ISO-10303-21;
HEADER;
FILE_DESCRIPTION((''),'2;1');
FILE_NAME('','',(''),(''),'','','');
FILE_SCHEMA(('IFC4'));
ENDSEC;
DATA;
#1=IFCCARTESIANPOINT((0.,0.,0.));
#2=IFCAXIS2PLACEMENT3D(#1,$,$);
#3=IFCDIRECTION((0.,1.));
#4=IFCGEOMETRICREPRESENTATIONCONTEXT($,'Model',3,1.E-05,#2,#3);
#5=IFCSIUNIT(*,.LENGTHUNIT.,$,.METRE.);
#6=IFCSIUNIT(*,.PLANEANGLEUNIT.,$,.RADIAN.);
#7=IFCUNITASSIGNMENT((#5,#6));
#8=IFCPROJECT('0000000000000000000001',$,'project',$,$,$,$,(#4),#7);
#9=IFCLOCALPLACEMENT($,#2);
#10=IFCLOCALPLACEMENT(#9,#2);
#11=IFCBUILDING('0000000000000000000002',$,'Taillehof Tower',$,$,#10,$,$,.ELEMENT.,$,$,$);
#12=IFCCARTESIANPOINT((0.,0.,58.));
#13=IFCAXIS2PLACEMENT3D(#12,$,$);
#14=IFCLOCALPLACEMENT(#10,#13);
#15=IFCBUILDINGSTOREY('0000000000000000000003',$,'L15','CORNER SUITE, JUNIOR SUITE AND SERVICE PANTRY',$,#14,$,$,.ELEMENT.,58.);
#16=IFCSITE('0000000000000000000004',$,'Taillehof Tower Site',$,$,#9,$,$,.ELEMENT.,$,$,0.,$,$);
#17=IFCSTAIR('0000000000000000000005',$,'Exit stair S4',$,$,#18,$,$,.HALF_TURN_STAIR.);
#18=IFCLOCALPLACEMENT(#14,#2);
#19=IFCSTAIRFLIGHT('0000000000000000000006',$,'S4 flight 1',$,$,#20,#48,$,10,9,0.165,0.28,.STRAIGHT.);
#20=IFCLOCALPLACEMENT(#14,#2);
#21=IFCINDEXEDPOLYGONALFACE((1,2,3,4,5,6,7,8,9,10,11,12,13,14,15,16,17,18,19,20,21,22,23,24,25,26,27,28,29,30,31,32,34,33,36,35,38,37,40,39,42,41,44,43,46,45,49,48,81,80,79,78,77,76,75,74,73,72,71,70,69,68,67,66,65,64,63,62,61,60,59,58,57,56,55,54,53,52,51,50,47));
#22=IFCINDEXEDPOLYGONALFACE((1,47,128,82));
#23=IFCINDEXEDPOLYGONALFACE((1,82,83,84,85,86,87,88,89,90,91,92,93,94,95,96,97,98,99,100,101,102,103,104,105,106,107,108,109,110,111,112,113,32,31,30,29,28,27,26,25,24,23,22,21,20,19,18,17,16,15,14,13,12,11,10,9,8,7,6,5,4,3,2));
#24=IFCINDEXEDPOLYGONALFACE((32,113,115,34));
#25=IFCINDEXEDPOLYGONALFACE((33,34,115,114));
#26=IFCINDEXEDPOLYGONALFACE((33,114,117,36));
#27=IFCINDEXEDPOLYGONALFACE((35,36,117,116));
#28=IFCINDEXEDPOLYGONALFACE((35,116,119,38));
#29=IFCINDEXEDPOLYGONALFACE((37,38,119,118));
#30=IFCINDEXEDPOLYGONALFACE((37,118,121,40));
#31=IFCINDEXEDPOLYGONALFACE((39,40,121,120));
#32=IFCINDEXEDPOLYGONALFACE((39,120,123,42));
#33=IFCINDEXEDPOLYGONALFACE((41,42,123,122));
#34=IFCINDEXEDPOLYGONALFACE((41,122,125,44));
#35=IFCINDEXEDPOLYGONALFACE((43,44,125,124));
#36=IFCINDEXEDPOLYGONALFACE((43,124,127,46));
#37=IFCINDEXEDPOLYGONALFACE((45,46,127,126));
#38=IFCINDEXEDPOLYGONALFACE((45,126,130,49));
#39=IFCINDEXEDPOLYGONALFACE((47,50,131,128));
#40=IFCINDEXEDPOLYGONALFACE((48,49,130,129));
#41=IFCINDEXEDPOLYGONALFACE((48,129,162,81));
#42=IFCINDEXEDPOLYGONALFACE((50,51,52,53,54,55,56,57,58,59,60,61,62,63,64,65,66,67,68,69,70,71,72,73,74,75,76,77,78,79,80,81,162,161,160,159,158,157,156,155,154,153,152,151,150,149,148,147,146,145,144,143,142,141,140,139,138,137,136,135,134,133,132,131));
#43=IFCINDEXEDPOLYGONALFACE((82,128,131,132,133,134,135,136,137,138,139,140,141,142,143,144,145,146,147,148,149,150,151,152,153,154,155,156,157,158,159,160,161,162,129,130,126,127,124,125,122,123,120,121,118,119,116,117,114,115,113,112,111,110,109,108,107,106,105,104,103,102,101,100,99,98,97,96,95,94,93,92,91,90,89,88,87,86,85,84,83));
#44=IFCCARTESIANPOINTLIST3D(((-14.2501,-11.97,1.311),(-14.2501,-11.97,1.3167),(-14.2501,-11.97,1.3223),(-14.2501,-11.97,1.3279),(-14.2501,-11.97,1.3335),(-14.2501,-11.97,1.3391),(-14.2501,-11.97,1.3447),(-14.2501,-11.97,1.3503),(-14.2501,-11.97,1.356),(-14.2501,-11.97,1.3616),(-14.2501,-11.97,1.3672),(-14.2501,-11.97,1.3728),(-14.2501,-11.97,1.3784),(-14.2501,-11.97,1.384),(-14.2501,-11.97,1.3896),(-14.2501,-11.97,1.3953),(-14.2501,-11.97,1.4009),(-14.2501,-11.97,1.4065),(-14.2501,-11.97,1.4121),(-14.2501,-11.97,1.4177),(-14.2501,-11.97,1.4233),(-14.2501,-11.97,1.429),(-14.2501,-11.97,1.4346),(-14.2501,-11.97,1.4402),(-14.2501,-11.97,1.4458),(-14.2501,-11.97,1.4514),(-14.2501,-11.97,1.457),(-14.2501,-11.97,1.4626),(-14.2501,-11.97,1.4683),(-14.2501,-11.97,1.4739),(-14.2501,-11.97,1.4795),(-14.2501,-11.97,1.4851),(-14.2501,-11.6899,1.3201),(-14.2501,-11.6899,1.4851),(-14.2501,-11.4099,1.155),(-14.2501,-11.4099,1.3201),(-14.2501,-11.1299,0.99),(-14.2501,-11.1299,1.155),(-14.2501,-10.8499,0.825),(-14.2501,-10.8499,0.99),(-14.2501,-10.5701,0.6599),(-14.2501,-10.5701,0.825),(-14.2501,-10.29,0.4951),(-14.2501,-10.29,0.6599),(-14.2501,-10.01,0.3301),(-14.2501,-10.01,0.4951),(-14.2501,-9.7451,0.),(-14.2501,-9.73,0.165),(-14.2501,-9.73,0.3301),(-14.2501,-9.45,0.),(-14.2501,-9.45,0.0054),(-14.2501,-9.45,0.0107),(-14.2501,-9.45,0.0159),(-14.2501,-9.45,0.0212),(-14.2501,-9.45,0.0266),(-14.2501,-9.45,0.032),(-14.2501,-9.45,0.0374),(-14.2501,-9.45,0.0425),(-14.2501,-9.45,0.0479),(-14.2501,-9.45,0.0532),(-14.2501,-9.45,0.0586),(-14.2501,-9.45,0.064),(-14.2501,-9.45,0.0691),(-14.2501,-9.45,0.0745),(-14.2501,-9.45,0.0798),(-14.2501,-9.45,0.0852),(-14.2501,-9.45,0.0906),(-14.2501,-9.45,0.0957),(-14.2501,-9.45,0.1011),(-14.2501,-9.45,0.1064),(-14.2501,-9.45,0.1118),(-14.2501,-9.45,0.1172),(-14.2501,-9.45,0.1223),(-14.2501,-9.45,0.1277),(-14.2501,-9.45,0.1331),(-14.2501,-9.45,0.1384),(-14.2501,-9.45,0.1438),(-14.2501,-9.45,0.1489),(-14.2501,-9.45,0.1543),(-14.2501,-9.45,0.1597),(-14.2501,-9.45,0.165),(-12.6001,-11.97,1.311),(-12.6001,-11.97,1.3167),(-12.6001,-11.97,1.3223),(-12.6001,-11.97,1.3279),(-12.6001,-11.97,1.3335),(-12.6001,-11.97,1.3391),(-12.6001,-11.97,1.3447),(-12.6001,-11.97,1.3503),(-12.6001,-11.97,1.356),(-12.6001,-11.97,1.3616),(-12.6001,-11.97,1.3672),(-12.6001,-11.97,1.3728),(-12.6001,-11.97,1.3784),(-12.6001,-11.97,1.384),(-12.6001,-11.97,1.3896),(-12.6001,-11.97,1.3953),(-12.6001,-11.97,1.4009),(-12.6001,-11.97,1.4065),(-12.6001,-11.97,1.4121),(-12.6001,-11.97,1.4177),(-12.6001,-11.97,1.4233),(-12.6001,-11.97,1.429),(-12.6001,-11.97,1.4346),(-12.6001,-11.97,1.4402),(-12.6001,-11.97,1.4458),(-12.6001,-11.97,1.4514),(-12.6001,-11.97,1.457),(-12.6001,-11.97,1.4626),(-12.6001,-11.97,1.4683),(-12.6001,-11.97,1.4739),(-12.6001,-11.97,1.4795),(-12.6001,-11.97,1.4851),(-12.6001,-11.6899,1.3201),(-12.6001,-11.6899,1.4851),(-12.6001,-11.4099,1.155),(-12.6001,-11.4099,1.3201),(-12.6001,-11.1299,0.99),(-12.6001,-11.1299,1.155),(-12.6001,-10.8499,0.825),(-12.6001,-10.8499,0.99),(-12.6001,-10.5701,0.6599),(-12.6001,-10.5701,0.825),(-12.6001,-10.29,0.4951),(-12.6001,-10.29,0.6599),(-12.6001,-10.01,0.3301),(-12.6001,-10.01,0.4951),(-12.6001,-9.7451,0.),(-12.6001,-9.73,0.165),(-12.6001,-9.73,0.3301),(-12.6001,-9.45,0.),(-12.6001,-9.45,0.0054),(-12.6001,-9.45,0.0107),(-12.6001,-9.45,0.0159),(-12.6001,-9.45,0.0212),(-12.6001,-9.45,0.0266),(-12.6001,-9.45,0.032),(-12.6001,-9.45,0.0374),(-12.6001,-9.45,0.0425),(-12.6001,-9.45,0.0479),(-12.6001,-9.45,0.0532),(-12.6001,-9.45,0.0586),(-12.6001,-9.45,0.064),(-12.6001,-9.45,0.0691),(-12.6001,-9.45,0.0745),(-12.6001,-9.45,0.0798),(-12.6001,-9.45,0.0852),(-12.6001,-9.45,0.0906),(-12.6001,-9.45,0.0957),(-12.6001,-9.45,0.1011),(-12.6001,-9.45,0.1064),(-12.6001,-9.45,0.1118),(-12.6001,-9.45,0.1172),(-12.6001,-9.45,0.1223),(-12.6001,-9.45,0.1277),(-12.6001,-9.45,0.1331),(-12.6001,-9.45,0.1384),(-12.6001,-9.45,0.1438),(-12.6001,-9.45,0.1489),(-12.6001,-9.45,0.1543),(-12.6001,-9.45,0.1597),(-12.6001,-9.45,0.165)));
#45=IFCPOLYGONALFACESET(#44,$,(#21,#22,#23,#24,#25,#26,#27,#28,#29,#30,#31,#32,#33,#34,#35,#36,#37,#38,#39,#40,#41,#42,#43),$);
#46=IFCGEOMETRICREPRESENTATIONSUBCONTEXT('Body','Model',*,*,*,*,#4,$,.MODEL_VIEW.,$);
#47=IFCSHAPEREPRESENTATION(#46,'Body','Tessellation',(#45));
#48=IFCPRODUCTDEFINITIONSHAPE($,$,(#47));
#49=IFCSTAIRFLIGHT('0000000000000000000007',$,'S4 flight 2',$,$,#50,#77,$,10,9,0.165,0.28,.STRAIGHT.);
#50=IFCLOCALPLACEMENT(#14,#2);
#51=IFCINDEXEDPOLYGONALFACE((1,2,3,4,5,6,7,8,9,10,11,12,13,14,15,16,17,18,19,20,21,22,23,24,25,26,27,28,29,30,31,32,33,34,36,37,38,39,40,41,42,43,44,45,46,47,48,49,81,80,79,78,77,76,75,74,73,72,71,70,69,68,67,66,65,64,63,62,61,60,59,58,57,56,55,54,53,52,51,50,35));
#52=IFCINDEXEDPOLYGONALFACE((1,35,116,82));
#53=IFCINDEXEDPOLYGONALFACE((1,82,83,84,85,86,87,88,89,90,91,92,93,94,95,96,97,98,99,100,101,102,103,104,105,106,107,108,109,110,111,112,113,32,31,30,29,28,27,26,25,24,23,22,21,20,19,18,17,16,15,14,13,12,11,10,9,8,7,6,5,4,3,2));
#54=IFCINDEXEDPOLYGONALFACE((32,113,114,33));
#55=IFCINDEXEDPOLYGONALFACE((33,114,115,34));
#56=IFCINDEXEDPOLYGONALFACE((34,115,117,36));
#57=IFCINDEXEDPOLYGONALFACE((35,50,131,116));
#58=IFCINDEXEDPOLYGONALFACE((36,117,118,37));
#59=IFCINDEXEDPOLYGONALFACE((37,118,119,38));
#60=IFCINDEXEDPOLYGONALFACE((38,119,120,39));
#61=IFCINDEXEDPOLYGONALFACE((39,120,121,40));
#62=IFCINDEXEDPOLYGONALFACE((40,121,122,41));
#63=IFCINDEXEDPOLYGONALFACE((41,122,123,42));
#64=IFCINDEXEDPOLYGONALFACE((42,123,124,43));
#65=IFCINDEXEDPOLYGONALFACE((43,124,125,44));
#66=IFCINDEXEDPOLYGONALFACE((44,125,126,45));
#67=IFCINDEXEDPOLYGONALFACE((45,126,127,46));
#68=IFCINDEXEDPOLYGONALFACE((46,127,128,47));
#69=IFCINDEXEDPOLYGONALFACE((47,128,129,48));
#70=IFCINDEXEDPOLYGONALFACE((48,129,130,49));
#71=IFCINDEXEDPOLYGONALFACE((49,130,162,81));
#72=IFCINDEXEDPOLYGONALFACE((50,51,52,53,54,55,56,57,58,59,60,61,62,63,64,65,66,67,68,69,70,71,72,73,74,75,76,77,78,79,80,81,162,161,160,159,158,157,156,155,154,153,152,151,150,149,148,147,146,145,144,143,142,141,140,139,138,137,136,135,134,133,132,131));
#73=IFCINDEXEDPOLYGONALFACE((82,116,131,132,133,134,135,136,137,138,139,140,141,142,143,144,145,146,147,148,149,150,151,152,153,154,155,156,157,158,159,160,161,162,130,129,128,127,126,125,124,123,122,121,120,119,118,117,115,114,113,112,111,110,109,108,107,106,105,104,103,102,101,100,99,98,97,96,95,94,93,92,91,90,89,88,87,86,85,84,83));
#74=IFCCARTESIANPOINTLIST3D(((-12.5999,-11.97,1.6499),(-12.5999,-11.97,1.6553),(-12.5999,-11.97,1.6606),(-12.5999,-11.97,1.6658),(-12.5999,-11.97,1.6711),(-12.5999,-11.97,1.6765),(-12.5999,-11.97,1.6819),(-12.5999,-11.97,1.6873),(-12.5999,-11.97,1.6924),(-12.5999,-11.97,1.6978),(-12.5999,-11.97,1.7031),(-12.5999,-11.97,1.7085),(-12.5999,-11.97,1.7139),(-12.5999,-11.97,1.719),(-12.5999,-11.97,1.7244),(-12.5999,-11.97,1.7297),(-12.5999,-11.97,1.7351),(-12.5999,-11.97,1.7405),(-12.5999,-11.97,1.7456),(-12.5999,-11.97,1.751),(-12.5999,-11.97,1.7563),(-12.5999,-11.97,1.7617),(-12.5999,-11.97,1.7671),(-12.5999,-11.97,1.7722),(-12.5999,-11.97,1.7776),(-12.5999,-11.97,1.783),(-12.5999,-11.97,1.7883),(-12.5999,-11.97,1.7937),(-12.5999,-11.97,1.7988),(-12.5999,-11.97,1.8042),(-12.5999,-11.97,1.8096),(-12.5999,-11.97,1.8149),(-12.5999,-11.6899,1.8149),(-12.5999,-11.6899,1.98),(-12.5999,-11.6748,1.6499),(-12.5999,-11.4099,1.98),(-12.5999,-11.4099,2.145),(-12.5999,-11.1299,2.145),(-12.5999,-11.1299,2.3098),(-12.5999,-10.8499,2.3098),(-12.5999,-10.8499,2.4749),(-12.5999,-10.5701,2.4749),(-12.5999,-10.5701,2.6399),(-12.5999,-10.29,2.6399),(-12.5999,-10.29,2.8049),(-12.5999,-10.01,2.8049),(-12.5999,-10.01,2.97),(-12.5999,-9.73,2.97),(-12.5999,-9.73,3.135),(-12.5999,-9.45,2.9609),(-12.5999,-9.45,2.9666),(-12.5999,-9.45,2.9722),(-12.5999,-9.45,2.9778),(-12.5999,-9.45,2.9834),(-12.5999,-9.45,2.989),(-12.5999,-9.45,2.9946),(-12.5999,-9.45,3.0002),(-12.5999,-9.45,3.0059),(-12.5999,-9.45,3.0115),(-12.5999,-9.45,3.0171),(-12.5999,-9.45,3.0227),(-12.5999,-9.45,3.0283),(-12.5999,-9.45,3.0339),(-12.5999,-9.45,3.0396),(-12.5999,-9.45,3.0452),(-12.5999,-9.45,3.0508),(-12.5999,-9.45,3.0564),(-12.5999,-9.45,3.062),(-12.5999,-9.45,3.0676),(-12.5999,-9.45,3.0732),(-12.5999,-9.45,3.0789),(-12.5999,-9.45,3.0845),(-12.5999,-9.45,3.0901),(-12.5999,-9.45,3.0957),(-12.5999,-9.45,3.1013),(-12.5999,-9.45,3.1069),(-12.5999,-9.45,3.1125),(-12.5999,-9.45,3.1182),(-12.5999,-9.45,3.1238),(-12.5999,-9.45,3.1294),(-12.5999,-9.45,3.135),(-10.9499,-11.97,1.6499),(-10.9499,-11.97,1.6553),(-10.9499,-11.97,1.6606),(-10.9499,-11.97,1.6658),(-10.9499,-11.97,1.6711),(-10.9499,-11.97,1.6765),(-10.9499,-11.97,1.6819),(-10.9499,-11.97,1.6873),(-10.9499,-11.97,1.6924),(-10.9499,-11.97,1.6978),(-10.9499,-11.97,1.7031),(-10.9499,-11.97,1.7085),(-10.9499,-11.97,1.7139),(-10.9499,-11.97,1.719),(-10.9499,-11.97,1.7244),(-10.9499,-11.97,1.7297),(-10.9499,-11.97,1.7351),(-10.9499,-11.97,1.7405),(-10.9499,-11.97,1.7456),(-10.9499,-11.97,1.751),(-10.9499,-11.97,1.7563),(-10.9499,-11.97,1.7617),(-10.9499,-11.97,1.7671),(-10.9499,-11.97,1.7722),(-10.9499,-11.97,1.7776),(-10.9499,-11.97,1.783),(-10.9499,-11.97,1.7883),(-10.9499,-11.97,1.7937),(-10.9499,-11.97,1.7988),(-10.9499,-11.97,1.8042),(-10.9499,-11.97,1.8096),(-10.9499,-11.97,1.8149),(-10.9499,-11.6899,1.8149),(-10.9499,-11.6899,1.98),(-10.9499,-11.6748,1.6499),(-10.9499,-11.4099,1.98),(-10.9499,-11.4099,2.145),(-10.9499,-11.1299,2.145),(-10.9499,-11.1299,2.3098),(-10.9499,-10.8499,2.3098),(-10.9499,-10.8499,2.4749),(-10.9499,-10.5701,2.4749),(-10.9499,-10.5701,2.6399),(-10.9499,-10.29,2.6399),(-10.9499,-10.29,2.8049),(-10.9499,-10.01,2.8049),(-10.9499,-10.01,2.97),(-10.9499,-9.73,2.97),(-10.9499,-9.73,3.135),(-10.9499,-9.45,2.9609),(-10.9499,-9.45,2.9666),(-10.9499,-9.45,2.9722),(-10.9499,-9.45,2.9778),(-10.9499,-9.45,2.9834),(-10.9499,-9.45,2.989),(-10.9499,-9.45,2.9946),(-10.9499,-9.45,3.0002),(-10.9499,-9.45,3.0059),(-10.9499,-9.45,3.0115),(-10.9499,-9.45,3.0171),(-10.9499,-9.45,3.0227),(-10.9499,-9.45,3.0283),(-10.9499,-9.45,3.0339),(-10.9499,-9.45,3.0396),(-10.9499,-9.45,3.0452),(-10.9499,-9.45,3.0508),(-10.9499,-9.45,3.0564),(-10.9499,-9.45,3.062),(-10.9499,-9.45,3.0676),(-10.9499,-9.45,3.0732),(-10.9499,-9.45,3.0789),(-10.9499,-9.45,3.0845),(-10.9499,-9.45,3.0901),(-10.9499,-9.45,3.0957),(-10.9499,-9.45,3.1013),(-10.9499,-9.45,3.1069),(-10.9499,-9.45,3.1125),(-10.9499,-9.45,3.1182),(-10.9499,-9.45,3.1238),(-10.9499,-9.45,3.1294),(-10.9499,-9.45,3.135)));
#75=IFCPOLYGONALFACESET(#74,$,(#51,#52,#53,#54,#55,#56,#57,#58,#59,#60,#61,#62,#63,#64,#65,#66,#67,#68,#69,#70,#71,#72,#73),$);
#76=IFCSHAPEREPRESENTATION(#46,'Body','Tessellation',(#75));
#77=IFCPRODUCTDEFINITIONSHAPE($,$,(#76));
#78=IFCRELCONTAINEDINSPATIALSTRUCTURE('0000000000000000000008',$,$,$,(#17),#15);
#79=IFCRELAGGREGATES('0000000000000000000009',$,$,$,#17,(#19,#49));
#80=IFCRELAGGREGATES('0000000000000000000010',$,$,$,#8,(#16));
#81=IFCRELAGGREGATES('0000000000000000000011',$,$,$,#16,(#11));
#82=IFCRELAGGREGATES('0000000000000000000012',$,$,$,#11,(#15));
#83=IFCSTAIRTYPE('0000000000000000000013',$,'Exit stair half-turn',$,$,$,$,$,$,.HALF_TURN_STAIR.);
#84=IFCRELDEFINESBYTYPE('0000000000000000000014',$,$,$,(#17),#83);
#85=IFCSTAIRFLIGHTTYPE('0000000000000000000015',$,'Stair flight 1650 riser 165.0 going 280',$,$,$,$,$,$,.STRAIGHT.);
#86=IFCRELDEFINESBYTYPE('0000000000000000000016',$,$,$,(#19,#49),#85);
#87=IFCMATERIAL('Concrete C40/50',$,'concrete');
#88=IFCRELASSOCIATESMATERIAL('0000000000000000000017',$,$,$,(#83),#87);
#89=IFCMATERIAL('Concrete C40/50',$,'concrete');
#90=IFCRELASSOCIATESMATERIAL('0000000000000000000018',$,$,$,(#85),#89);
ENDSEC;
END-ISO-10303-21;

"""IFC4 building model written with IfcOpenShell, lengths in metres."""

from ifc_helpers import new_model, si_unit, direction, frame, origin, place, context, subcontext, project, spatial, polyline, outline, extrude, material, type_object, element, aggregate, save


model = new_model("IFC4")

# Units and contexts
model_context = context("Model", 3, precision=1e-05, world=origin(), true_north=direction((0.0, 1.0)))
body_context = subcontext(model_context, "Body", "Model", "MODEL_VIEW")
ifc_project = project(units=[si_unit("LENGTHUNIT", "METRE"), si_unit("PLANEANGLEUNIT", "RADIAN")], contexts=[model_context])

# Site, building, storey
site_placement = place(None, origin())
site = spatial("IfcSite", under=ifc_project, at=site_placement, Name="Taillehof Tower Site", CompositionType="ELEMENT", RefElevation=0.0)
building_placement = place(site_placement, origin())
building = spatial("IfcBuilding", under=site, at=building_placement, Name="Taillehof Tower", CompositionType="ELEMENT")
storey_placement = place(building_placement, frame((0.0, 0.0, 58.0)))
storey = spatial("IfcBuildingStorey", under=building, at=storey_placement, Name="L15", Description="CORNER SUITE, JUNIOR SUITE AND SERVICE PANTRY", CompositionType="ELEMENT", Elevation=58.0)

# Stair, stair flights
ifc_material_1 = material(Name="Concrete C40/50", Category="concrete")
stair_type = type_object("IfcStairType", Name="Exit stair half-turn", PredefinedType="HALF_TURN_STAIR", material=ifc_material_1)
stair_placement = place(storey_placement, origin())
stair = element("IfcStair", 1, at=stair_placement, inside=storey, type_object=stair_type, Name="Exit stair S4", PredefinedType="HALF_TURN_STAIR")
ifc_material_2 = material(Name="Concrete C40/50", Category="concrete")
stair_flight_type = type_object("IfcStairFlightType", Name="Stair flight 1650 riser 165.0 going 280", PredefinedType="STRAIGHT", material=ifc_material_2)
stair_flight_1_placement = place(storey_placement, frame((-13.425, -9.45, 0.0), z_axis=(0.0, 0.0, 1.0), x_axis=(0.0, -1.0, 0.0)))
stair_flight_1 = element("IfcStairFlight", 2, at=stair_flight_1_placement, type_object=stair_flight_type, Name="S4 flight 1", NumberOfRisers=10, NumberOfTreads=9, PredefinedType="STRAIGHT", RiserHeight=0.165, TreadLength=0.28, context=body_context, shape_type="SweptSolid", body=[
    extrude(outline(polyline([(0.0, 0.0), (0.0, 0.0054), (0.0, 0.0107), (0.0, 0.0159), (0.0, 0.0212), (0.0, 0.0266), (0.0, 0.032), (0.0, 0.0374), (0.0, 0.0425), (0.0, 0.0479), (0.0, 0.0532), (0.0, 0.0586), (0.0, 0.064), (0.0, 0.0691), (0.0, 0.0745), (0.0, 0.0798), (0.0, 0.0852), (0.0, 0.0906), (0.0, 0.0957), (0.0, 0.1011), (0.0, 0.1064), (0.0, 0.1118), (0.0, 0.1172), (0.0, 0.1223), (0.0, 0.1277), (0.0, 0.1331), (0.0, 0.1384), (0.0, 0.1438), (0.0, 0.1489), (0.0, 0.1543), (0.0, 0.1597), (0.0, 0.165), (0.28, 0.165), (0.28, 0.3301), (0.5601, 0.3301), (0.5601, 0.4951), (0.8401, 0.4951), (0.8401, 0.6599), (1.1201, 0.6599), (1.1201, 0.825), (1.3999, 0.825), (1.3999, 0.99), (1.6799, 0.99), (1.6799, 1.155), (1.96, 1.155), (1.96, 1.3201), (2.24, 1.3201), (2.24, 1.4851), (2.52, 1.4851), (2.52, 1.4795), (2.52, 1.4739), (2.52, 1.4683), (2.52, 1.4626), (2.52, 1.457), (2.52, 1.4514), (2.52, 1.4458), (2.52, 1.4402), (2.52, 1.4346), (2.52, 1.429), (2.52, 1.4233), (2.52, 1.4177), (2.52, 1.4121), (2.52, 1.4065), (2.52, 1.4009), (2.52, 1.3953), (2.52, 1.3896), (2.52, 1.384), (2.52, 1.3784), (2.52, 1.3728), (2.52, 1.3672), (2.52, 1.3616), (2.52, 1.356), (2.52, 1.3503), (2.52, 1.3447), (2.52, 1.3391), (2.52, 1.3335), (2.52, 1.3279), (2.52, 1.3223), (2.52, 1.3167), (2.52, 1.311), (0.2952, 0.0), (0.0, 0.0)])), frame((0.0, 0.825, 0.0), z_axis=(0.0, -1.0, 0.0), x_axis=(1.0, 0.0, 0.0)), (0.0, 0.0, 1.0), 1.65),
])
stair_flight_2_placement = place(storey_placement, frame((-11.7749, -11.97, 1.6499), z_axis=(0.0, 0.0, 1.0), x_axis=(0.0, 1.0, 0.0)))
stair_flight_2 = element("IfcStairFlight", 3, at=stair_flight_2_placement, type_object=stair_flight_type, Name="S4 flight 2", NumberOfRisers=10, NumberOfTreads=9, PredefinedType="STRAIGHT", RiserHeight=0.165, TreadLength=0.28, context=body_context, shape_type="SweptSolid", body=[
    extrude(outline(polyline([(0.0, 0.0), (0.0, 0.0054), (0.0, 0.0107), (0.0, 0.0159), (0.0, 0.0212), (0.0, 0.0266), (0.0, 0.032), (0.0, 0.0374), (0.0, 0.0425), (0.0, 0.0479), (0.0, 0.0532), (0.0, 0.0586), (0.0, 0.064), (0.0, 0.0691), (0.0, 0.0745), (0.0, 0.0798), (0.0, 0.0852), (0.0, 0.0906), (0.0, 0.0957), (0.0, 0.1011), (0.0, 0.1064), (0.0, 0.1118), (0.0, 0.1172), (0.0, 0.1223), (0.0, 0.1277), (0.0, 0.1331), (0.0, 0.1384), (0.0, 0.1438), (0.0, 0.1489), (0.0, 0.1543), (0.0, 0.1597), (0.0, 0.165), (0.28, 0.165), (0.28, 0.3301), (0.5601, 0.3301), (0.5601, 0.4951), (0.8401, 0.4951), (0.8401, 0.6599), (1.1201, 0.6599), (1.1201, 0.825), (1.3999, 0.825), (1.3999, 0.99), (1.6799, 0.99), (1.6799, 1.155), (1.96, 1.155), (1.96, 1.3201), (2.24, 1.3201), (2.24, 1.4851), (2.52, 1.4851), (2.52, 1.4795), (2.52, 1.4739), (2.52, 1.4683), (2.52, 1.4626), (2.52, 1.457), (2.52, 1.4514), (2.52, 1.4458), (2.52, 1.4402), (2.52, 1.4346), (2.52, 1.429), (2.52, 1.4233), (2.52, 1.4177), (2.52, 1.4121), (2.52, 1.4065), (2.52, 1.4009), (2.52, 1.3953), (2.52, 1.3896), (2.52, 1.384), (2.52, 1.3784), (2.52, 1.3728), (2.52, 1.3672), (2.52, 1.3616), (2.52, 1.356), (2.52, 1.3503), (2.52, 1.3447), (2.52, 1.3391), (2.52, 1.3335), (2.52, 1.3279), (2.52, 1.3223), (2.52, 1.3167), (2.52, 1.311), (0.2952, 0.0), (0.0, 0.0)])), frame((0.0, 0.825, 0.0), z_axis=(0.0, -1.0, 0.0), x_axis=(1.0, 0.0, 0.0)), (0.0, 0.0, 1.0), 1.65),
])
aggregate(stair, [stair_flight_1, stair_flight_2])

save(model, "model.ifc")
